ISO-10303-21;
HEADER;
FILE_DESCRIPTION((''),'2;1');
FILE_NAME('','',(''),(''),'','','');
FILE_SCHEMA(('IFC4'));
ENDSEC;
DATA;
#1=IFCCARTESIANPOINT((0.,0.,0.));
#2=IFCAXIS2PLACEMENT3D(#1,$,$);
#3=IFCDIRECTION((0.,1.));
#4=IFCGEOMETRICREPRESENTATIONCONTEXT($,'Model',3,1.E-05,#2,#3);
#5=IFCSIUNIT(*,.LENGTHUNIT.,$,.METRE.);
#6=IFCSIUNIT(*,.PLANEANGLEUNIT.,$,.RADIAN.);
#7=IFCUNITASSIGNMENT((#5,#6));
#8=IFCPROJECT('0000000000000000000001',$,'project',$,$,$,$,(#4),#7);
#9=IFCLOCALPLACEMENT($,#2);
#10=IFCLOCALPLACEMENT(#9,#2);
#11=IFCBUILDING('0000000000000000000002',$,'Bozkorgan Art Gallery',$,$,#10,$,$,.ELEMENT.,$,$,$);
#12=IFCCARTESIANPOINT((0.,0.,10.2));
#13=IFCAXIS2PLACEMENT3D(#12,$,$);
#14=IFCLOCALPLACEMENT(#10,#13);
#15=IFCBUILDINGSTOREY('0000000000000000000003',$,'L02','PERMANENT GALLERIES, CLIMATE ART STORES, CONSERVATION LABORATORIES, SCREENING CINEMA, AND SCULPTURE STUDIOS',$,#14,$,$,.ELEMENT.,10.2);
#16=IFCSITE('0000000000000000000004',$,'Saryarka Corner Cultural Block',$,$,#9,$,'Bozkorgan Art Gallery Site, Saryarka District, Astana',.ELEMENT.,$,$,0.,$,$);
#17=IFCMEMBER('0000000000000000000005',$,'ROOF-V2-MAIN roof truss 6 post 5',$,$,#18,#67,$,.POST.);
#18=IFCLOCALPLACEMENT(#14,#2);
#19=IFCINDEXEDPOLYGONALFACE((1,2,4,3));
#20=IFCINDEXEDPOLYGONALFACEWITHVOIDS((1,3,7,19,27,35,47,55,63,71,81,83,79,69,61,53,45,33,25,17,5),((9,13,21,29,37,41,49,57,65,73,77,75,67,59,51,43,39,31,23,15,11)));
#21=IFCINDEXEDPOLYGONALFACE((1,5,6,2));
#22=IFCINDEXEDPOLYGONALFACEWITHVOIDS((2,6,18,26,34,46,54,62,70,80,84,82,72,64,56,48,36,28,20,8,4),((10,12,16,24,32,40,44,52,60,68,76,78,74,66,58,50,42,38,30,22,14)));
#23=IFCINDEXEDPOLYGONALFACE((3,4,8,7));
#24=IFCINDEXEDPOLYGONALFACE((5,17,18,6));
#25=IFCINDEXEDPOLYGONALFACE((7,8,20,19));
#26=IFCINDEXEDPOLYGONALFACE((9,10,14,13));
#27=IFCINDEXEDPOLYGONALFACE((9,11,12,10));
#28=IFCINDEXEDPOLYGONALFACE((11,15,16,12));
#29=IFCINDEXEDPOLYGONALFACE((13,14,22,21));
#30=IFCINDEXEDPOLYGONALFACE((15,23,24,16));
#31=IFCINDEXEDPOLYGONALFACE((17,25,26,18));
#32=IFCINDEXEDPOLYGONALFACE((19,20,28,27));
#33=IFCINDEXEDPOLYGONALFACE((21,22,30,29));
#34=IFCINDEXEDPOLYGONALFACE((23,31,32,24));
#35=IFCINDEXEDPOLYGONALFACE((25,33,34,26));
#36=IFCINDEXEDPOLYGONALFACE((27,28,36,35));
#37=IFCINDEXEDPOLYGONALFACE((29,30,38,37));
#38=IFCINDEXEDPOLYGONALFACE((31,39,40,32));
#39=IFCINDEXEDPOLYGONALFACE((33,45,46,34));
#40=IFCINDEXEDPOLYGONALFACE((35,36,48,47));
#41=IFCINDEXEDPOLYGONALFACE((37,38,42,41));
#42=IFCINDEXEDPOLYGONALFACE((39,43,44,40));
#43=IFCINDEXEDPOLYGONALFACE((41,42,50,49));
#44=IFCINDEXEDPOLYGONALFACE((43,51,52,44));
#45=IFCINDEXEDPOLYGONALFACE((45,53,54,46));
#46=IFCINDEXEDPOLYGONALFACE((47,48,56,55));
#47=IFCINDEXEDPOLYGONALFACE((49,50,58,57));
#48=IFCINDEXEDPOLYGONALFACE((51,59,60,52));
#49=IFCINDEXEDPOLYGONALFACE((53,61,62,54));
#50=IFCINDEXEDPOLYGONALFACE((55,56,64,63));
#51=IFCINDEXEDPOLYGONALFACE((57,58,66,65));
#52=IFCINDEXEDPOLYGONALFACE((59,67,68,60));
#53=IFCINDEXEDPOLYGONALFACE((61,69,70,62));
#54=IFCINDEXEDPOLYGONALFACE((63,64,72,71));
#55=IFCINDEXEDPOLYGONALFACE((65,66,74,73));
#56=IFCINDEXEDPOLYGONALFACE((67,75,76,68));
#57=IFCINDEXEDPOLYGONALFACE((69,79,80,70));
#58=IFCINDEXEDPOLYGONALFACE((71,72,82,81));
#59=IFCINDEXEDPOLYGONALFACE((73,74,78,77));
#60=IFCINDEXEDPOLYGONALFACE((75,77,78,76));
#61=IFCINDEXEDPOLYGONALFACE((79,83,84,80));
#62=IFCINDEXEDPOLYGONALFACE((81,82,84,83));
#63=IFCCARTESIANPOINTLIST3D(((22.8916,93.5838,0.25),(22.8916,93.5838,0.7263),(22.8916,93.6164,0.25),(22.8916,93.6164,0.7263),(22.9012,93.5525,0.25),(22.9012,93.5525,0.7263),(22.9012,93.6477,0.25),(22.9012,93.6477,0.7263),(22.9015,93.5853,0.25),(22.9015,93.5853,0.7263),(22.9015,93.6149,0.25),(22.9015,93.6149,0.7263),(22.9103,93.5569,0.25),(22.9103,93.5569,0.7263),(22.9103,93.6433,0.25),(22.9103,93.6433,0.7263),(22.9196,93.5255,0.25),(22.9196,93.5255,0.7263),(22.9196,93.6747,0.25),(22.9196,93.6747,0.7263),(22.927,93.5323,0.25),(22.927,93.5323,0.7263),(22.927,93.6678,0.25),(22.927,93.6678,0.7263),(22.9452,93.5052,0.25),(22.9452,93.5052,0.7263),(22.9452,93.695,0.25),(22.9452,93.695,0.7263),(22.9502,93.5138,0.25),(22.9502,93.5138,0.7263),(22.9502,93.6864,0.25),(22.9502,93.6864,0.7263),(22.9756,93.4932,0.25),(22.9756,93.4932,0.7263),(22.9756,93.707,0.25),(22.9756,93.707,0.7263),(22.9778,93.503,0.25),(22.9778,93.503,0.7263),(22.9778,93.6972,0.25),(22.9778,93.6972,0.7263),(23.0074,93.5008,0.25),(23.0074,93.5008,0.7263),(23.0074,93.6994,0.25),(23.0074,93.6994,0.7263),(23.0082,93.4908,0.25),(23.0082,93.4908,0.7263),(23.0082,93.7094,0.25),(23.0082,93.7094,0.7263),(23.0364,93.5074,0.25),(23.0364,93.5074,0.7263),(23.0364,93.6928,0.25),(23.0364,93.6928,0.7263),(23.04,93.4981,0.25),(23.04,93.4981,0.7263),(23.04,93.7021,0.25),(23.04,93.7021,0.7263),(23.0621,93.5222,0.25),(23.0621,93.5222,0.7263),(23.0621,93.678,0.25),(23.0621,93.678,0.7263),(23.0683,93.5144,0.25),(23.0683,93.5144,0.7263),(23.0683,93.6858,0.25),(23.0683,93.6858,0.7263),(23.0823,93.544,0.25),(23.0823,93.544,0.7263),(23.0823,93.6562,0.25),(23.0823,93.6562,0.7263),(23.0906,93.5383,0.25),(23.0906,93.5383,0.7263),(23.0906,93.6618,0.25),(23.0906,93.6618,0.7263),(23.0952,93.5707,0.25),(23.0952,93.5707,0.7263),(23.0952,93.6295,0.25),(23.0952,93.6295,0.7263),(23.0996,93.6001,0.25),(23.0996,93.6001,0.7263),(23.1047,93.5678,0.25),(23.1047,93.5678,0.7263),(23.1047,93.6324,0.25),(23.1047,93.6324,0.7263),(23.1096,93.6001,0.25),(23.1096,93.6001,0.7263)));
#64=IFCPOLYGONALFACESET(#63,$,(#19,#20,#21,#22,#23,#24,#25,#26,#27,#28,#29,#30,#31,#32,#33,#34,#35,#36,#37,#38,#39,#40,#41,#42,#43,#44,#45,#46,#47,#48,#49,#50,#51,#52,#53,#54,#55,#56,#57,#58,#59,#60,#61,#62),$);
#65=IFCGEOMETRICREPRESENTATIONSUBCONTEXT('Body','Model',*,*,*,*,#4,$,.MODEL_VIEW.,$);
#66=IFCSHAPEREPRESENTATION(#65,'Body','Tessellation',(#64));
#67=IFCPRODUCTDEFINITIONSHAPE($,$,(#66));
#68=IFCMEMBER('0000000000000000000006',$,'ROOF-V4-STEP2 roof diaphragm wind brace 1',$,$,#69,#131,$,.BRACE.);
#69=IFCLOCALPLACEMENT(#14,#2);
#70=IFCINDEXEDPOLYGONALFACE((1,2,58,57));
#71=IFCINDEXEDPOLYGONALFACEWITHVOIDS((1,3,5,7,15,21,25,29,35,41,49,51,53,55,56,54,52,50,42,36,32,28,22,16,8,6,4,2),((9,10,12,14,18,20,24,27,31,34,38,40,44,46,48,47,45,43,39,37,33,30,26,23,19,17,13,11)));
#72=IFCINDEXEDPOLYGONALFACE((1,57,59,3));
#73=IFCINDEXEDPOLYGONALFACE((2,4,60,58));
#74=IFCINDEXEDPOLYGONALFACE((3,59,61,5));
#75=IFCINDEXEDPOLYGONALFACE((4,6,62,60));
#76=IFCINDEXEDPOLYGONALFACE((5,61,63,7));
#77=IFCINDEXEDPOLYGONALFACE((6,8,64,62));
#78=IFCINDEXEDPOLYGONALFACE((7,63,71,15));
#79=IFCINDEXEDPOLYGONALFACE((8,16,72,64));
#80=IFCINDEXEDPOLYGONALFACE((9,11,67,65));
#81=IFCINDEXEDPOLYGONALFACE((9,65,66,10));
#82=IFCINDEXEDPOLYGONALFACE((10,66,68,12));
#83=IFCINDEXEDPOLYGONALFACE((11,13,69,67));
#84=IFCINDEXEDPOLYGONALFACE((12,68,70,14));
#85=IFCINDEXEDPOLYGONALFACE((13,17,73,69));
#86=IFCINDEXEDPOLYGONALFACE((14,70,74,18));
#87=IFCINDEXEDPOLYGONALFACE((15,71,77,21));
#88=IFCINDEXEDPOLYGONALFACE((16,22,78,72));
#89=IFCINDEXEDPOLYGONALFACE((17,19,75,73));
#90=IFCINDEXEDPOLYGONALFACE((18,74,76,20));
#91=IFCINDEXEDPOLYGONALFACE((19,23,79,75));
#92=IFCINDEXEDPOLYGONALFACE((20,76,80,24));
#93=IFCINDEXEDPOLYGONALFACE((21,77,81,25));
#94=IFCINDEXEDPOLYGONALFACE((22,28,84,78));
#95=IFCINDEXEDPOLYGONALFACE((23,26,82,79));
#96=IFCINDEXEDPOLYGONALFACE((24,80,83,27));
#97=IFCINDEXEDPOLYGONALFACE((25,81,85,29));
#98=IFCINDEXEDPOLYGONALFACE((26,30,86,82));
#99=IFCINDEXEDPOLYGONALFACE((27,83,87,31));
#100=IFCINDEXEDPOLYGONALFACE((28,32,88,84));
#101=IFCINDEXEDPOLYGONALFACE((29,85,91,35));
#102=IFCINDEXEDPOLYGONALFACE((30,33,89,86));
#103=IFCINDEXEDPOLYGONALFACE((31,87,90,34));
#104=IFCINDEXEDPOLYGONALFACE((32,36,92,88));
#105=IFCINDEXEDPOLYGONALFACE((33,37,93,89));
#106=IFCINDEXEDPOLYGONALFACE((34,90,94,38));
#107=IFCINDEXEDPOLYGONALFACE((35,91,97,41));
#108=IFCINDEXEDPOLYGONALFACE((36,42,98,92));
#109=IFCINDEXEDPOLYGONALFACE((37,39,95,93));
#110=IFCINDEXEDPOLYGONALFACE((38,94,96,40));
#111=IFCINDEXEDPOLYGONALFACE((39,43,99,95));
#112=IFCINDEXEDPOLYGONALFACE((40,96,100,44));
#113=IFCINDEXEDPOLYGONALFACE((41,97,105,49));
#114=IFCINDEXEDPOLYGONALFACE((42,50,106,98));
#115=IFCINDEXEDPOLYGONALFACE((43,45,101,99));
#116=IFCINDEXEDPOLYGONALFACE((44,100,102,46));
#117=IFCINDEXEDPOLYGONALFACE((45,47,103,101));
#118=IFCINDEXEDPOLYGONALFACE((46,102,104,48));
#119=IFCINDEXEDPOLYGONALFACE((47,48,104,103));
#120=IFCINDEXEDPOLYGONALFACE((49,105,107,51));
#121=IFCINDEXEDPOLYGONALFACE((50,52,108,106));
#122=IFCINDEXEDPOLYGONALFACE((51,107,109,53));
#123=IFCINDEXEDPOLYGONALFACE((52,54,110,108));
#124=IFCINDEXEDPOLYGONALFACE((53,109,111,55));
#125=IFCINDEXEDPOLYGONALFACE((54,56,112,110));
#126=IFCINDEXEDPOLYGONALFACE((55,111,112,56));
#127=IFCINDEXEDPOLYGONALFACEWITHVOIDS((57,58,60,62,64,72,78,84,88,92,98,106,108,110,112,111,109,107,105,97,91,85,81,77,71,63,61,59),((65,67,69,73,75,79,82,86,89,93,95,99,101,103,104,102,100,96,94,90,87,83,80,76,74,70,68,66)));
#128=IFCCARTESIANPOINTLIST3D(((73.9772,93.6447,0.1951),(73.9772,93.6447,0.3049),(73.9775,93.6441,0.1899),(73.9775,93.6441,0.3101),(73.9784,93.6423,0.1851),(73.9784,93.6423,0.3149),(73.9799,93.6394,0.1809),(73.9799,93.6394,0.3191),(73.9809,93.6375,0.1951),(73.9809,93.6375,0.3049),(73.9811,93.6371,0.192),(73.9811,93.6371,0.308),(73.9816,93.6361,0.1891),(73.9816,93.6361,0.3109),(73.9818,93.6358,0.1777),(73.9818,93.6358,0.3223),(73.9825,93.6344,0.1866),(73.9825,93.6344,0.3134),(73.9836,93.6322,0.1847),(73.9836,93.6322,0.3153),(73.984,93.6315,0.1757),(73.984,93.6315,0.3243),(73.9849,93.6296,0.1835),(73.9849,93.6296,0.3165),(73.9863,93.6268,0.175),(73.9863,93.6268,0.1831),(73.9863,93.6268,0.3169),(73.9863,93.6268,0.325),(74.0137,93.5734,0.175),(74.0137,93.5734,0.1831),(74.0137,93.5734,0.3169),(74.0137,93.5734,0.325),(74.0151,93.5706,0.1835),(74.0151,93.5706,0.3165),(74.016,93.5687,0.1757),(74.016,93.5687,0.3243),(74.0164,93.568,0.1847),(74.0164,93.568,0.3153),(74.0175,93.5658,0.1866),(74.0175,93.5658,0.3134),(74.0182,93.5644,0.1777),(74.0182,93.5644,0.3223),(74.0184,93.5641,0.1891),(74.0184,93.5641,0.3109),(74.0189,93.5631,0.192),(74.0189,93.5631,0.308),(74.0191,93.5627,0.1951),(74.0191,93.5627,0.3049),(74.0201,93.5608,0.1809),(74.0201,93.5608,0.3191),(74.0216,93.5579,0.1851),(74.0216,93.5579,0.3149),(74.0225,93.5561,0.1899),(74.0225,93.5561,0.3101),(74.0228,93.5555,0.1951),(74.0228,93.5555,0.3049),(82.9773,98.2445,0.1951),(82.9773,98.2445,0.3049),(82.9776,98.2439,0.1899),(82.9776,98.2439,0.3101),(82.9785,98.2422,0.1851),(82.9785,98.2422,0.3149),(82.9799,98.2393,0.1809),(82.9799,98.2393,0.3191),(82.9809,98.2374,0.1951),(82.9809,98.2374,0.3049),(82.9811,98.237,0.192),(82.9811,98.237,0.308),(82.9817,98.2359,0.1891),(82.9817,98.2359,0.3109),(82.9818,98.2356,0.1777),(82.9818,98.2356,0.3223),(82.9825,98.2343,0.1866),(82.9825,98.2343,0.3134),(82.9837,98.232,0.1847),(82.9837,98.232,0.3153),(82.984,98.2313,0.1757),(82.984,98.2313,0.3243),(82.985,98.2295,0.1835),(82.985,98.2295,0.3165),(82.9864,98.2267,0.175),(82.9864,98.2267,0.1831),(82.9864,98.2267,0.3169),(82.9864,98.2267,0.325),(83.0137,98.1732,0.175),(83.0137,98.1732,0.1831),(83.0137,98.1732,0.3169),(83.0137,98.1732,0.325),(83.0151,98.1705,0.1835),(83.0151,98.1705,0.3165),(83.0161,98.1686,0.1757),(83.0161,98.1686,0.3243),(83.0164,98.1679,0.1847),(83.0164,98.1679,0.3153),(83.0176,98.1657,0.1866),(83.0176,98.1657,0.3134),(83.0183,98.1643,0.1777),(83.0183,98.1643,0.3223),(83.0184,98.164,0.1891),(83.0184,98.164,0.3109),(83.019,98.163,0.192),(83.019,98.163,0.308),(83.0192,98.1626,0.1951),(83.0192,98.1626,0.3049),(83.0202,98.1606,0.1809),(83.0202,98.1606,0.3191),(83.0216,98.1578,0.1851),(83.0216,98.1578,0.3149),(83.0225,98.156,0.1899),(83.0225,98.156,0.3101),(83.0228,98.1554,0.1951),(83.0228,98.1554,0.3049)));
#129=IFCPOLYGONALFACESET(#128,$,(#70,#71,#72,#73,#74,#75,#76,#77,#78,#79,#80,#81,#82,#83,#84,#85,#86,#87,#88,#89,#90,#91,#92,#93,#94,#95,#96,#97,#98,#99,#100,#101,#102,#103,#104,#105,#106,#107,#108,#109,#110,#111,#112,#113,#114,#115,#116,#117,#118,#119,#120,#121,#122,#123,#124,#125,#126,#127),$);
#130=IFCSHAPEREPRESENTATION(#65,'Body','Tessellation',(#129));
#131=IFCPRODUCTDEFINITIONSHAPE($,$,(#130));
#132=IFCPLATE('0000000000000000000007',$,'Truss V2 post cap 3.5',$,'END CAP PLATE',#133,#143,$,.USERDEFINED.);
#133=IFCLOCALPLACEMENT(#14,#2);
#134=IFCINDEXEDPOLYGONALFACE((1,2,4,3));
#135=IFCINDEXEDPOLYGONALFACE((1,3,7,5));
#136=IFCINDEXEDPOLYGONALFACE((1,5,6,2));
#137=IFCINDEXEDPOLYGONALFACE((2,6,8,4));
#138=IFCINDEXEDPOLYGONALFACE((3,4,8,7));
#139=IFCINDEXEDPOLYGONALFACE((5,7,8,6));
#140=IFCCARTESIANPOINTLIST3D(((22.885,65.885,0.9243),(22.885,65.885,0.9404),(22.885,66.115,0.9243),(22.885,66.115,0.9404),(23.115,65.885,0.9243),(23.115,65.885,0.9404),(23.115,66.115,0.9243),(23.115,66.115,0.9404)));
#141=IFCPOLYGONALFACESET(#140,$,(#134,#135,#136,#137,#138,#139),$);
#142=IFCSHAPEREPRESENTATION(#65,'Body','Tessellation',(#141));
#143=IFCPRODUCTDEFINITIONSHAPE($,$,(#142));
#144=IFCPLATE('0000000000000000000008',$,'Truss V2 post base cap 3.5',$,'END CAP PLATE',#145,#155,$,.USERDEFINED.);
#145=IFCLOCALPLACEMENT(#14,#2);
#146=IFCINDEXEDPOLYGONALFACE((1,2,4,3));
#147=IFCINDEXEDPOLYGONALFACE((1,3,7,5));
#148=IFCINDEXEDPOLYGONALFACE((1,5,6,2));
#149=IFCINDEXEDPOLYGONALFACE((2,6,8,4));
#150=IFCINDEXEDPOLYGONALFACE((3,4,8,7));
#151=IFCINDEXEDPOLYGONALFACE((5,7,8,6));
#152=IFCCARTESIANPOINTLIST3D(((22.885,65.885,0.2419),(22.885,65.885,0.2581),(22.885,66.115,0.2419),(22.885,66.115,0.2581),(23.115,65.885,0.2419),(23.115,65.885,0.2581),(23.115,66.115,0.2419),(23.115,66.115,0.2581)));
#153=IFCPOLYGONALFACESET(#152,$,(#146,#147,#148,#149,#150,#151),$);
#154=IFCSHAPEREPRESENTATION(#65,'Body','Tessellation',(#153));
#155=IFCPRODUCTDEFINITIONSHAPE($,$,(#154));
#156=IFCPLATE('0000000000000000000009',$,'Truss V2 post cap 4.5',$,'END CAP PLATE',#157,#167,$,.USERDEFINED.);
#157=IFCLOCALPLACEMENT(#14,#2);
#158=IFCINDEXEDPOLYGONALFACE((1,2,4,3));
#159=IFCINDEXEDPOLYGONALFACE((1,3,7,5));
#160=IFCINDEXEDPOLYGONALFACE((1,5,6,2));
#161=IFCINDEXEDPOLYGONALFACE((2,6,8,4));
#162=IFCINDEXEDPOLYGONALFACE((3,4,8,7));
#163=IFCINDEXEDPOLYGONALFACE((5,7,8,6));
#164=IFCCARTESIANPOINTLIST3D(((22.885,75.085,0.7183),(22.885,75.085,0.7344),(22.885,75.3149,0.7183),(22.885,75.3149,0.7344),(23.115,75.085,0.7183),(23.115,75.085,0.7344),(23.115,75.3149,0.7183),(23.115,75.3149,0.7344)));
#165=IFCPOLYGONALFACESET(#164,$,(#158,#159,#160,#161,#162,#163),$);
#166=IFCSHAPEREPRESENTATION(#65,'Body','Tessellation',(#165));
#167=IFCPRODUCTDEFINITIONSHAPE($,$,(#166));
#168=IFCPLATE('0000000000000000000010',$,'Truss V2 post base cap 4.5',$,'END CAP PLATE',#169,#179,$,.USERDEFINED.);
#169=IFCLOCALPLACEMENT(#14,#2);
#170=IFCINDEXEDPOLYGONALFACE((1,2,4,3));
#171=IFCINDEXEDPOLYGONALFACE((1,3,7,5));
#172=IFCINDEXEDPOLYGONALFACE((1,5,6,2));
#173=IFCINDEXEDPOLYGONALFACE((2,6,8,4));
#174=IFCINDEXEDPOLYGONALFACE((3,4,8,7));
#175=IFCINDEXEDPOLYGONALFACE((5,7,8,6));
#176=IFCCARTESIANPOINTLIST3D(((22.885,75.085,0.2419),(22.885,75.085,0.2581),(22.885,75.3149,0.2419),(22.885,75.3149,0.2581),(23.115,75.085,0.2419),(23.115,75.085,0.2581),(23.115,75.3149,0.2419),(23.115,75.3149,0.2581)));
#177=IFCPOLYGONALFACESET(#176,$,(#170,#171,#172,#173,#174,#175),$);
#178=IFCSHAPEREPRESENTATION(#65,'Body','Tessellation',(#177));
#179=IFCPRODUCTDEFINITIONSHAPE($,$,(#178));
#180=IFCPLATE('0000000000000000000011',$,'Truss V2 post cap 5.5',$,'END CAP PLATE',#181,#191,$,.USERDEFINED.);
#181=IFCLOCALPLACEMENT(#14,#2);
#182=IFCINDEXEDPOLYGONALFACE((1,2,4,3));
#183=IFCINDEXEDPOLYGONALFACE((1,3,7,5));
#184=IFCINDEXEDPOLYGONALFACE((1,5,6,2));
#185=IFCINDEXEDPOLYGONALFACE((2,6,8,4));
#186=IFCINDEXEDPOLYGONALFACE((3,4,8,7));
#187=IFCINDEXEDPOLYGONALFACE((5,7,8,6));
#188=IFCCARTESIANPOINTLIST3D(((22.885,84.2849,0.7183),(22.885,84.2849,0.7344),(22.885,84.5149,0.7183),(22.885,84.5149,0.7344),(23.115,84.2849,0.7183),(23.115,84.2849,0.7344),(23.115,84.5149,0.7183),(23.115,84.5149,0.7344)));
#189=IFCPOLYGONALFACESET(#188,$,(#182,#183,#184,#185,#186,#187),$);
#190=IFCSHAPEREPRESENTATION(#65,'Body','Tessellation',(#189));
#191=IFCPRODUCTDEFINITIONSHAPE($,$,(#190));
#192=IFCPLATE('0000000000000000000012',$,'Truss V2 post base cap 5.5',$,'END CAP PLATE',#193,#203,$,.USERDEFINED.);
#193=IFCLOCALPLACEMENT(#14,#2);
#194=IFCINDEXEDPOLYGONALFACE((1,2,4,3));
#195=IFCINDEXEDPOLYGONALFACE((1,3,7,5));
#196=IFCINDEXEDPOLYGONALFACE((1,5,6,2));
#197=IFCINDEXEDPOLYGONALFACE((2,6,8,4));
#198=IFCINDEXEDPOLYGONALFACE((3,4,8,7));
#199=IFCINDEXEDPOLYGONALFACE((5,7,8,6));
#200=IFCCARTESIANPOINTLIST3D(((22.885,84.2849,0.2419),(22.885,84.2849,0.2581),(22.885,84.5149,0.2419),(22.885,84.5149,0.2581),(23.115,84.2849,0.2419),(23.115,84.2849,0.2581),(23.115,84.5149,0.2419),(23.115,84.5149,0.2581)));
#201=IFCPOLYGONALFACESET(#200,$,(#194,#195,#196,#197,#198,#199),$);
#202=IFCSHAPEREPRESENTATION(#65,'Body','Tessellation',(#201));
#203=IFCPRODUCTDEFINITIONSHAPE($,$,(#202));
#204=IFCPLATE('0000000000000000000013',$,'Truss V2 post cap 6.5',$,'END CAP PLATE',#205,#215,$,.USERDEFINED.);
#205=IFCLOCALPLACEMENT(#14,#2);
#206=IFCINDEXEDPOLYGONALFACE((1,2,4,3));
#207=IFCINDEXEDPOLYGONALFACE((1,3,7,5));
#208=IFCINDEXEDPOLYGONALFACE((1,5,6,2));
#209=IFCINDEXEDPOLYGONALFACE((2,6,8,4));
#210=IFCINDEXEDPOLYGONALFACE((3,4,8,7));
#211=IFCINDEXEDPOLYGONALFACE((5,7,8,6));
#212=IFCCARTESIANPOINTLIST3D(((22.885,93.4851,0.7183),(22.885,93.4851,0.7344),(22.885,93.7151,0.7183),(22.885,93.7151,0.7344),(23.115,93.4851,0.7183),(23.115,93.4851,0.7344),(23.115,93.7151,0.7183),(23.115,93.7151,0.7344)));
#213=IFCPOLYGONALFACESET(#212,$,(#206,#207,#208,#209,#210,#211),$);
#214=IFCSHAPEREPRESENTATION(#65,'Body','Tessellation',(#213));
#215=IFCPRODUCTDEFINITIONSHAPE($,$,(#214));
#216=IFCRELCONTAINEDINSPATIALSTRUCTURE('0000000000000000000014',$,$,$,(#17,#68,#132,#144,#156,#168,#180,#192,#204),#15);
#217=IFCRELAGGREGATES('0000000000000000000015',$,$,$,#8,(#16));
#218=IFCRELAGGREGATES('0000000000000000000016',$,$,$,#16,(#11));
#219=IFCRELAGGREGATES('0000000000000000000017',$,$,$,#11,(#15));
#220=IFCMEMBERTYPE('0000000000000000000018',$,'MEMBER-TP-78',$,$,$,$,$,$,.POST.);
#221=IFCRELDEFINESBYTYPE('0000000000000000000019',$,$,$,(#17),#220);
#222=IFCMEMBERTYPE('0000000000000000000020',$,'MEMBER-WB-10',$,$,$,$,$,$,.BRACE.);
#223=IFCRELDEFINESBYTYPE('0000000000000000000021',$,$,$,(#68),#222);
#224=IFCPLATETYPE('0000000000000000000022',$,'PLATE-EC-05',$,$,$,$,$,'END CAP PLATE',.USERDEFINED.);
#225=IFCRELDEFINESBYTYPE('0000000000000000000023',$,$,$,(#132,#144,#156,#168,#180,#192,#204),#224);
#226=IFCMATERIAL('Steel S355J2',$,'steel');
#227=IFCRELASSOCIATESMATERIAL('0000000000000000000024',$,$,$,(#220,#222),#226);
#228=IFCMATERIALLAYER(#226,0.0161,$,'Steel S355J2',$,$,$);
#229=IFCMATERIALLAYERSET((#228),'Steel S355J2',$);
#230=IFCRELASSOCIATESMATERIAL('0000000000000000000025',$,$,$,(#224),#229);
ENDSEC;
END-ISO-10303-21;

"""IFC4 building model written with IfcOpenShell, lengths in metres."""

from ifc_helpers import new_model, si_unit, direction, frame, origin, origin_2d, place, context, subcontext, project, spatial, rectangle, hollow_rectangle, hollow_circle, extrude, material, layer, layer_set, material_profile, profile_set, type_object, element, save


model = new_model("IFC4")

# Units and contexts
model_context = context("Model", 3, precision=1e-05, world=origin(), true_north=direction((0.0, 1.0)))
body_context = subcontext(model_context, "Body", "Model", "MODEL_VIEW")
ifc_project = project(units=[si_unit("LENGTHUNIT", "METRE"), si_unit("PLANEANGLEUNIT", "RADIAN")], contexts=[model_context])

# Site, building, storey
site_placement = place(None, origin())
site = spatial("IfcSite", under=ifc_project, at=site_placement, Name="Saryarka Corner Cultural Block", LongName="Bozkorgan Art Gallery Site, Saryarka District, Astana", CompositionType="ELEMENT", RefElevation=0.0)
building_placement = place(site_placement, origin())
building = spatial("IfcBuilding", under=site, at=building_placement, Name="Bozkorgan Art Gallery", CompositionType="ELEMENT")
storey_placement = place(building_placement, frame((0.0, 0.0, 10.2)))
storey = spatial("IfcBuildingStorey", under=building, at=storey_placement, Name="L02", Description="PERMANENT GALLERIES, CLIMATE ART STORES, CONSERVATION LABORATORIES, SCREENING CINEMA, AND SCULPTURE STUDIOS", CompositionType="ELEMENT", Elevation=10.2)

# Shared definitions
ifc_material_1 = material(Name="Steel S355J2", Category="steel")

# Members
ifc_material_profile_1 = material_profile(ifc_material_1, hollow_circle(Radius=0.1096, WallThickness=0.01, at=origin_2d()), Name="CHS 219.1x10")
ifc_profile_set_1 = profile_set([ifc_material_profile_1], Name="Steel S355J2")
member_type_1 = type_object("IfcMemberType", Name="MEMBER-TP-78", PredefinedType="POST", material=ifc_profile_set_1)
for number, where, z_axis, x_axis, name in (
    (1, (23.0, 93.6001, 0.25), (0.0, 0.0, 1.0), (1.0, 0.0, 0.0), "ROOF-V2-MAIN roof truss 6 post 5"),
):
    element("IfcMember", number, at=place(storey_placement, frame(where, z_axis=z_axis, x_axis=x_axis)), inside=storey, type_object=member_type_1, Name=name, PredefinedType="POST", context=body_context, shape_type="SweptSolid", body=[
        extrude(hollow_circle(Radius=0.1096, WallThickness=0.01, at=origin_2d()), origin(), (0.0, 0.0, 1.0), 0.4763),
    ])
ifc_material_profile_2 = material_profile(ifc_material_1, hollow_rectangle(XDim=0.1001, YDim=0.1499, WallThickness=0.0081, InnerFilletRadius=0.012, OuterFilletRadius=0.02, at=origin_2d()), Name="RHS 150x100x8")
ifc_profile_set_2 = profile_set([ifc_material_profile_2], Name="Steel S355J2")
member_type_2 = type_object("IfcMemberType", Name="MEMBER-WB-10", PredefinedType="BRACE", material=ifc_profile_set_2)
member_1_placement = place(storey_placement, frame((74.0, 93.6001, 0.25), z_axis=(0.890441, 0.4551, 0.0), x_axis=(-0.4551, 0.890441, 0.0)))
element("IfcMember", 2, at=member_1_placement, inside=storey, type_object=member_type_2, Name="ROOF-V4-STEP2 roof diaphragm wind brace 1", PredefinedType="BRACE", context=body_context, shape_type="SweptSolid", body=[
    extrude(hollow_rectangle(XDim=0.1001, YDim=0.1499, WallThickness=0.0081, InnerFilletRadius=0.012, OuterFilletRadius=0.02, at=origin_2d()), origin(), (0.0, 0.0, 1.0), 10.1074),
])

# Plates
ifc_layer = layer(ifc_material_1, 0.0161, Name="Steel S355J2")
ifc_layer_set = layer_set([ifc_layer], Name="Steel S355J2")
plate_type = type_object("IfcPlateType", Name="PLATE-EC-05", ElementType="END CAP PLATE", PredefinedType="USERDEFINED", material=ifc_layer_set)
for number, where, z_axis, x_axis, name in (
    (3, (23.0, 66.0, 0.9243), (0.0, 0.0, 1.0), (1.0, 0.0, 0.0), "Truss V2 post cap 3.5"),
    (4, (23.0, 66.0, 0.2419), (0.0, 0.0, 1.0), (1.0, 0.0, 0.0), "Truss V2 post base cap 3.5"),
    (5, (23.0, 75.2, 0.7183), (0.0, 0.0, 1.0), (1.0, 0.0, 0.0), "Truss V2 post cap 4.5"),
    (6, (23.0, 75.2, 0.2419), (0.0, 0.0, 1.0), (1.0, 0.0, 0.0), "Truss V2 post base cap 4.5"),
    (7, (23.0, 84.3999, 0.7183), (0.0, 0.0, 1.0), (1.0, 0.0, 0.0), "Truss V2 post cap 5.5"),
    (8, (23.0, 84.3999, 0.2419), (0.0, 0.0, 1.0), (1.0, 0.0, 0.0), "Truss V2 post base cap 5.5"),
    (9, (23.0, 93.6001, 0.7183), (0.0, 0.0, 1.0), (1.0, 0.0, 0.0), "Truss V2 post cap 6.5"),
):
    element("IfcPlate", number, at=place(storey_placement, frame(where, z_axis=z_axis, x_axis=x_axis)), inside=storey, type_object=plate_type, Name=name, ObjectType="END CAP PLATE", PredefinedType="USERDEFINED", context=body_context, shape_type="SweptSolid", body=[
        extrude(rectangle(XDim=0.23, YDim=0.23, at=origin_2d()), origin(), (0.0, 0.0, 1.0), 0.0161),
    ])

save(model, "model.ifc")
